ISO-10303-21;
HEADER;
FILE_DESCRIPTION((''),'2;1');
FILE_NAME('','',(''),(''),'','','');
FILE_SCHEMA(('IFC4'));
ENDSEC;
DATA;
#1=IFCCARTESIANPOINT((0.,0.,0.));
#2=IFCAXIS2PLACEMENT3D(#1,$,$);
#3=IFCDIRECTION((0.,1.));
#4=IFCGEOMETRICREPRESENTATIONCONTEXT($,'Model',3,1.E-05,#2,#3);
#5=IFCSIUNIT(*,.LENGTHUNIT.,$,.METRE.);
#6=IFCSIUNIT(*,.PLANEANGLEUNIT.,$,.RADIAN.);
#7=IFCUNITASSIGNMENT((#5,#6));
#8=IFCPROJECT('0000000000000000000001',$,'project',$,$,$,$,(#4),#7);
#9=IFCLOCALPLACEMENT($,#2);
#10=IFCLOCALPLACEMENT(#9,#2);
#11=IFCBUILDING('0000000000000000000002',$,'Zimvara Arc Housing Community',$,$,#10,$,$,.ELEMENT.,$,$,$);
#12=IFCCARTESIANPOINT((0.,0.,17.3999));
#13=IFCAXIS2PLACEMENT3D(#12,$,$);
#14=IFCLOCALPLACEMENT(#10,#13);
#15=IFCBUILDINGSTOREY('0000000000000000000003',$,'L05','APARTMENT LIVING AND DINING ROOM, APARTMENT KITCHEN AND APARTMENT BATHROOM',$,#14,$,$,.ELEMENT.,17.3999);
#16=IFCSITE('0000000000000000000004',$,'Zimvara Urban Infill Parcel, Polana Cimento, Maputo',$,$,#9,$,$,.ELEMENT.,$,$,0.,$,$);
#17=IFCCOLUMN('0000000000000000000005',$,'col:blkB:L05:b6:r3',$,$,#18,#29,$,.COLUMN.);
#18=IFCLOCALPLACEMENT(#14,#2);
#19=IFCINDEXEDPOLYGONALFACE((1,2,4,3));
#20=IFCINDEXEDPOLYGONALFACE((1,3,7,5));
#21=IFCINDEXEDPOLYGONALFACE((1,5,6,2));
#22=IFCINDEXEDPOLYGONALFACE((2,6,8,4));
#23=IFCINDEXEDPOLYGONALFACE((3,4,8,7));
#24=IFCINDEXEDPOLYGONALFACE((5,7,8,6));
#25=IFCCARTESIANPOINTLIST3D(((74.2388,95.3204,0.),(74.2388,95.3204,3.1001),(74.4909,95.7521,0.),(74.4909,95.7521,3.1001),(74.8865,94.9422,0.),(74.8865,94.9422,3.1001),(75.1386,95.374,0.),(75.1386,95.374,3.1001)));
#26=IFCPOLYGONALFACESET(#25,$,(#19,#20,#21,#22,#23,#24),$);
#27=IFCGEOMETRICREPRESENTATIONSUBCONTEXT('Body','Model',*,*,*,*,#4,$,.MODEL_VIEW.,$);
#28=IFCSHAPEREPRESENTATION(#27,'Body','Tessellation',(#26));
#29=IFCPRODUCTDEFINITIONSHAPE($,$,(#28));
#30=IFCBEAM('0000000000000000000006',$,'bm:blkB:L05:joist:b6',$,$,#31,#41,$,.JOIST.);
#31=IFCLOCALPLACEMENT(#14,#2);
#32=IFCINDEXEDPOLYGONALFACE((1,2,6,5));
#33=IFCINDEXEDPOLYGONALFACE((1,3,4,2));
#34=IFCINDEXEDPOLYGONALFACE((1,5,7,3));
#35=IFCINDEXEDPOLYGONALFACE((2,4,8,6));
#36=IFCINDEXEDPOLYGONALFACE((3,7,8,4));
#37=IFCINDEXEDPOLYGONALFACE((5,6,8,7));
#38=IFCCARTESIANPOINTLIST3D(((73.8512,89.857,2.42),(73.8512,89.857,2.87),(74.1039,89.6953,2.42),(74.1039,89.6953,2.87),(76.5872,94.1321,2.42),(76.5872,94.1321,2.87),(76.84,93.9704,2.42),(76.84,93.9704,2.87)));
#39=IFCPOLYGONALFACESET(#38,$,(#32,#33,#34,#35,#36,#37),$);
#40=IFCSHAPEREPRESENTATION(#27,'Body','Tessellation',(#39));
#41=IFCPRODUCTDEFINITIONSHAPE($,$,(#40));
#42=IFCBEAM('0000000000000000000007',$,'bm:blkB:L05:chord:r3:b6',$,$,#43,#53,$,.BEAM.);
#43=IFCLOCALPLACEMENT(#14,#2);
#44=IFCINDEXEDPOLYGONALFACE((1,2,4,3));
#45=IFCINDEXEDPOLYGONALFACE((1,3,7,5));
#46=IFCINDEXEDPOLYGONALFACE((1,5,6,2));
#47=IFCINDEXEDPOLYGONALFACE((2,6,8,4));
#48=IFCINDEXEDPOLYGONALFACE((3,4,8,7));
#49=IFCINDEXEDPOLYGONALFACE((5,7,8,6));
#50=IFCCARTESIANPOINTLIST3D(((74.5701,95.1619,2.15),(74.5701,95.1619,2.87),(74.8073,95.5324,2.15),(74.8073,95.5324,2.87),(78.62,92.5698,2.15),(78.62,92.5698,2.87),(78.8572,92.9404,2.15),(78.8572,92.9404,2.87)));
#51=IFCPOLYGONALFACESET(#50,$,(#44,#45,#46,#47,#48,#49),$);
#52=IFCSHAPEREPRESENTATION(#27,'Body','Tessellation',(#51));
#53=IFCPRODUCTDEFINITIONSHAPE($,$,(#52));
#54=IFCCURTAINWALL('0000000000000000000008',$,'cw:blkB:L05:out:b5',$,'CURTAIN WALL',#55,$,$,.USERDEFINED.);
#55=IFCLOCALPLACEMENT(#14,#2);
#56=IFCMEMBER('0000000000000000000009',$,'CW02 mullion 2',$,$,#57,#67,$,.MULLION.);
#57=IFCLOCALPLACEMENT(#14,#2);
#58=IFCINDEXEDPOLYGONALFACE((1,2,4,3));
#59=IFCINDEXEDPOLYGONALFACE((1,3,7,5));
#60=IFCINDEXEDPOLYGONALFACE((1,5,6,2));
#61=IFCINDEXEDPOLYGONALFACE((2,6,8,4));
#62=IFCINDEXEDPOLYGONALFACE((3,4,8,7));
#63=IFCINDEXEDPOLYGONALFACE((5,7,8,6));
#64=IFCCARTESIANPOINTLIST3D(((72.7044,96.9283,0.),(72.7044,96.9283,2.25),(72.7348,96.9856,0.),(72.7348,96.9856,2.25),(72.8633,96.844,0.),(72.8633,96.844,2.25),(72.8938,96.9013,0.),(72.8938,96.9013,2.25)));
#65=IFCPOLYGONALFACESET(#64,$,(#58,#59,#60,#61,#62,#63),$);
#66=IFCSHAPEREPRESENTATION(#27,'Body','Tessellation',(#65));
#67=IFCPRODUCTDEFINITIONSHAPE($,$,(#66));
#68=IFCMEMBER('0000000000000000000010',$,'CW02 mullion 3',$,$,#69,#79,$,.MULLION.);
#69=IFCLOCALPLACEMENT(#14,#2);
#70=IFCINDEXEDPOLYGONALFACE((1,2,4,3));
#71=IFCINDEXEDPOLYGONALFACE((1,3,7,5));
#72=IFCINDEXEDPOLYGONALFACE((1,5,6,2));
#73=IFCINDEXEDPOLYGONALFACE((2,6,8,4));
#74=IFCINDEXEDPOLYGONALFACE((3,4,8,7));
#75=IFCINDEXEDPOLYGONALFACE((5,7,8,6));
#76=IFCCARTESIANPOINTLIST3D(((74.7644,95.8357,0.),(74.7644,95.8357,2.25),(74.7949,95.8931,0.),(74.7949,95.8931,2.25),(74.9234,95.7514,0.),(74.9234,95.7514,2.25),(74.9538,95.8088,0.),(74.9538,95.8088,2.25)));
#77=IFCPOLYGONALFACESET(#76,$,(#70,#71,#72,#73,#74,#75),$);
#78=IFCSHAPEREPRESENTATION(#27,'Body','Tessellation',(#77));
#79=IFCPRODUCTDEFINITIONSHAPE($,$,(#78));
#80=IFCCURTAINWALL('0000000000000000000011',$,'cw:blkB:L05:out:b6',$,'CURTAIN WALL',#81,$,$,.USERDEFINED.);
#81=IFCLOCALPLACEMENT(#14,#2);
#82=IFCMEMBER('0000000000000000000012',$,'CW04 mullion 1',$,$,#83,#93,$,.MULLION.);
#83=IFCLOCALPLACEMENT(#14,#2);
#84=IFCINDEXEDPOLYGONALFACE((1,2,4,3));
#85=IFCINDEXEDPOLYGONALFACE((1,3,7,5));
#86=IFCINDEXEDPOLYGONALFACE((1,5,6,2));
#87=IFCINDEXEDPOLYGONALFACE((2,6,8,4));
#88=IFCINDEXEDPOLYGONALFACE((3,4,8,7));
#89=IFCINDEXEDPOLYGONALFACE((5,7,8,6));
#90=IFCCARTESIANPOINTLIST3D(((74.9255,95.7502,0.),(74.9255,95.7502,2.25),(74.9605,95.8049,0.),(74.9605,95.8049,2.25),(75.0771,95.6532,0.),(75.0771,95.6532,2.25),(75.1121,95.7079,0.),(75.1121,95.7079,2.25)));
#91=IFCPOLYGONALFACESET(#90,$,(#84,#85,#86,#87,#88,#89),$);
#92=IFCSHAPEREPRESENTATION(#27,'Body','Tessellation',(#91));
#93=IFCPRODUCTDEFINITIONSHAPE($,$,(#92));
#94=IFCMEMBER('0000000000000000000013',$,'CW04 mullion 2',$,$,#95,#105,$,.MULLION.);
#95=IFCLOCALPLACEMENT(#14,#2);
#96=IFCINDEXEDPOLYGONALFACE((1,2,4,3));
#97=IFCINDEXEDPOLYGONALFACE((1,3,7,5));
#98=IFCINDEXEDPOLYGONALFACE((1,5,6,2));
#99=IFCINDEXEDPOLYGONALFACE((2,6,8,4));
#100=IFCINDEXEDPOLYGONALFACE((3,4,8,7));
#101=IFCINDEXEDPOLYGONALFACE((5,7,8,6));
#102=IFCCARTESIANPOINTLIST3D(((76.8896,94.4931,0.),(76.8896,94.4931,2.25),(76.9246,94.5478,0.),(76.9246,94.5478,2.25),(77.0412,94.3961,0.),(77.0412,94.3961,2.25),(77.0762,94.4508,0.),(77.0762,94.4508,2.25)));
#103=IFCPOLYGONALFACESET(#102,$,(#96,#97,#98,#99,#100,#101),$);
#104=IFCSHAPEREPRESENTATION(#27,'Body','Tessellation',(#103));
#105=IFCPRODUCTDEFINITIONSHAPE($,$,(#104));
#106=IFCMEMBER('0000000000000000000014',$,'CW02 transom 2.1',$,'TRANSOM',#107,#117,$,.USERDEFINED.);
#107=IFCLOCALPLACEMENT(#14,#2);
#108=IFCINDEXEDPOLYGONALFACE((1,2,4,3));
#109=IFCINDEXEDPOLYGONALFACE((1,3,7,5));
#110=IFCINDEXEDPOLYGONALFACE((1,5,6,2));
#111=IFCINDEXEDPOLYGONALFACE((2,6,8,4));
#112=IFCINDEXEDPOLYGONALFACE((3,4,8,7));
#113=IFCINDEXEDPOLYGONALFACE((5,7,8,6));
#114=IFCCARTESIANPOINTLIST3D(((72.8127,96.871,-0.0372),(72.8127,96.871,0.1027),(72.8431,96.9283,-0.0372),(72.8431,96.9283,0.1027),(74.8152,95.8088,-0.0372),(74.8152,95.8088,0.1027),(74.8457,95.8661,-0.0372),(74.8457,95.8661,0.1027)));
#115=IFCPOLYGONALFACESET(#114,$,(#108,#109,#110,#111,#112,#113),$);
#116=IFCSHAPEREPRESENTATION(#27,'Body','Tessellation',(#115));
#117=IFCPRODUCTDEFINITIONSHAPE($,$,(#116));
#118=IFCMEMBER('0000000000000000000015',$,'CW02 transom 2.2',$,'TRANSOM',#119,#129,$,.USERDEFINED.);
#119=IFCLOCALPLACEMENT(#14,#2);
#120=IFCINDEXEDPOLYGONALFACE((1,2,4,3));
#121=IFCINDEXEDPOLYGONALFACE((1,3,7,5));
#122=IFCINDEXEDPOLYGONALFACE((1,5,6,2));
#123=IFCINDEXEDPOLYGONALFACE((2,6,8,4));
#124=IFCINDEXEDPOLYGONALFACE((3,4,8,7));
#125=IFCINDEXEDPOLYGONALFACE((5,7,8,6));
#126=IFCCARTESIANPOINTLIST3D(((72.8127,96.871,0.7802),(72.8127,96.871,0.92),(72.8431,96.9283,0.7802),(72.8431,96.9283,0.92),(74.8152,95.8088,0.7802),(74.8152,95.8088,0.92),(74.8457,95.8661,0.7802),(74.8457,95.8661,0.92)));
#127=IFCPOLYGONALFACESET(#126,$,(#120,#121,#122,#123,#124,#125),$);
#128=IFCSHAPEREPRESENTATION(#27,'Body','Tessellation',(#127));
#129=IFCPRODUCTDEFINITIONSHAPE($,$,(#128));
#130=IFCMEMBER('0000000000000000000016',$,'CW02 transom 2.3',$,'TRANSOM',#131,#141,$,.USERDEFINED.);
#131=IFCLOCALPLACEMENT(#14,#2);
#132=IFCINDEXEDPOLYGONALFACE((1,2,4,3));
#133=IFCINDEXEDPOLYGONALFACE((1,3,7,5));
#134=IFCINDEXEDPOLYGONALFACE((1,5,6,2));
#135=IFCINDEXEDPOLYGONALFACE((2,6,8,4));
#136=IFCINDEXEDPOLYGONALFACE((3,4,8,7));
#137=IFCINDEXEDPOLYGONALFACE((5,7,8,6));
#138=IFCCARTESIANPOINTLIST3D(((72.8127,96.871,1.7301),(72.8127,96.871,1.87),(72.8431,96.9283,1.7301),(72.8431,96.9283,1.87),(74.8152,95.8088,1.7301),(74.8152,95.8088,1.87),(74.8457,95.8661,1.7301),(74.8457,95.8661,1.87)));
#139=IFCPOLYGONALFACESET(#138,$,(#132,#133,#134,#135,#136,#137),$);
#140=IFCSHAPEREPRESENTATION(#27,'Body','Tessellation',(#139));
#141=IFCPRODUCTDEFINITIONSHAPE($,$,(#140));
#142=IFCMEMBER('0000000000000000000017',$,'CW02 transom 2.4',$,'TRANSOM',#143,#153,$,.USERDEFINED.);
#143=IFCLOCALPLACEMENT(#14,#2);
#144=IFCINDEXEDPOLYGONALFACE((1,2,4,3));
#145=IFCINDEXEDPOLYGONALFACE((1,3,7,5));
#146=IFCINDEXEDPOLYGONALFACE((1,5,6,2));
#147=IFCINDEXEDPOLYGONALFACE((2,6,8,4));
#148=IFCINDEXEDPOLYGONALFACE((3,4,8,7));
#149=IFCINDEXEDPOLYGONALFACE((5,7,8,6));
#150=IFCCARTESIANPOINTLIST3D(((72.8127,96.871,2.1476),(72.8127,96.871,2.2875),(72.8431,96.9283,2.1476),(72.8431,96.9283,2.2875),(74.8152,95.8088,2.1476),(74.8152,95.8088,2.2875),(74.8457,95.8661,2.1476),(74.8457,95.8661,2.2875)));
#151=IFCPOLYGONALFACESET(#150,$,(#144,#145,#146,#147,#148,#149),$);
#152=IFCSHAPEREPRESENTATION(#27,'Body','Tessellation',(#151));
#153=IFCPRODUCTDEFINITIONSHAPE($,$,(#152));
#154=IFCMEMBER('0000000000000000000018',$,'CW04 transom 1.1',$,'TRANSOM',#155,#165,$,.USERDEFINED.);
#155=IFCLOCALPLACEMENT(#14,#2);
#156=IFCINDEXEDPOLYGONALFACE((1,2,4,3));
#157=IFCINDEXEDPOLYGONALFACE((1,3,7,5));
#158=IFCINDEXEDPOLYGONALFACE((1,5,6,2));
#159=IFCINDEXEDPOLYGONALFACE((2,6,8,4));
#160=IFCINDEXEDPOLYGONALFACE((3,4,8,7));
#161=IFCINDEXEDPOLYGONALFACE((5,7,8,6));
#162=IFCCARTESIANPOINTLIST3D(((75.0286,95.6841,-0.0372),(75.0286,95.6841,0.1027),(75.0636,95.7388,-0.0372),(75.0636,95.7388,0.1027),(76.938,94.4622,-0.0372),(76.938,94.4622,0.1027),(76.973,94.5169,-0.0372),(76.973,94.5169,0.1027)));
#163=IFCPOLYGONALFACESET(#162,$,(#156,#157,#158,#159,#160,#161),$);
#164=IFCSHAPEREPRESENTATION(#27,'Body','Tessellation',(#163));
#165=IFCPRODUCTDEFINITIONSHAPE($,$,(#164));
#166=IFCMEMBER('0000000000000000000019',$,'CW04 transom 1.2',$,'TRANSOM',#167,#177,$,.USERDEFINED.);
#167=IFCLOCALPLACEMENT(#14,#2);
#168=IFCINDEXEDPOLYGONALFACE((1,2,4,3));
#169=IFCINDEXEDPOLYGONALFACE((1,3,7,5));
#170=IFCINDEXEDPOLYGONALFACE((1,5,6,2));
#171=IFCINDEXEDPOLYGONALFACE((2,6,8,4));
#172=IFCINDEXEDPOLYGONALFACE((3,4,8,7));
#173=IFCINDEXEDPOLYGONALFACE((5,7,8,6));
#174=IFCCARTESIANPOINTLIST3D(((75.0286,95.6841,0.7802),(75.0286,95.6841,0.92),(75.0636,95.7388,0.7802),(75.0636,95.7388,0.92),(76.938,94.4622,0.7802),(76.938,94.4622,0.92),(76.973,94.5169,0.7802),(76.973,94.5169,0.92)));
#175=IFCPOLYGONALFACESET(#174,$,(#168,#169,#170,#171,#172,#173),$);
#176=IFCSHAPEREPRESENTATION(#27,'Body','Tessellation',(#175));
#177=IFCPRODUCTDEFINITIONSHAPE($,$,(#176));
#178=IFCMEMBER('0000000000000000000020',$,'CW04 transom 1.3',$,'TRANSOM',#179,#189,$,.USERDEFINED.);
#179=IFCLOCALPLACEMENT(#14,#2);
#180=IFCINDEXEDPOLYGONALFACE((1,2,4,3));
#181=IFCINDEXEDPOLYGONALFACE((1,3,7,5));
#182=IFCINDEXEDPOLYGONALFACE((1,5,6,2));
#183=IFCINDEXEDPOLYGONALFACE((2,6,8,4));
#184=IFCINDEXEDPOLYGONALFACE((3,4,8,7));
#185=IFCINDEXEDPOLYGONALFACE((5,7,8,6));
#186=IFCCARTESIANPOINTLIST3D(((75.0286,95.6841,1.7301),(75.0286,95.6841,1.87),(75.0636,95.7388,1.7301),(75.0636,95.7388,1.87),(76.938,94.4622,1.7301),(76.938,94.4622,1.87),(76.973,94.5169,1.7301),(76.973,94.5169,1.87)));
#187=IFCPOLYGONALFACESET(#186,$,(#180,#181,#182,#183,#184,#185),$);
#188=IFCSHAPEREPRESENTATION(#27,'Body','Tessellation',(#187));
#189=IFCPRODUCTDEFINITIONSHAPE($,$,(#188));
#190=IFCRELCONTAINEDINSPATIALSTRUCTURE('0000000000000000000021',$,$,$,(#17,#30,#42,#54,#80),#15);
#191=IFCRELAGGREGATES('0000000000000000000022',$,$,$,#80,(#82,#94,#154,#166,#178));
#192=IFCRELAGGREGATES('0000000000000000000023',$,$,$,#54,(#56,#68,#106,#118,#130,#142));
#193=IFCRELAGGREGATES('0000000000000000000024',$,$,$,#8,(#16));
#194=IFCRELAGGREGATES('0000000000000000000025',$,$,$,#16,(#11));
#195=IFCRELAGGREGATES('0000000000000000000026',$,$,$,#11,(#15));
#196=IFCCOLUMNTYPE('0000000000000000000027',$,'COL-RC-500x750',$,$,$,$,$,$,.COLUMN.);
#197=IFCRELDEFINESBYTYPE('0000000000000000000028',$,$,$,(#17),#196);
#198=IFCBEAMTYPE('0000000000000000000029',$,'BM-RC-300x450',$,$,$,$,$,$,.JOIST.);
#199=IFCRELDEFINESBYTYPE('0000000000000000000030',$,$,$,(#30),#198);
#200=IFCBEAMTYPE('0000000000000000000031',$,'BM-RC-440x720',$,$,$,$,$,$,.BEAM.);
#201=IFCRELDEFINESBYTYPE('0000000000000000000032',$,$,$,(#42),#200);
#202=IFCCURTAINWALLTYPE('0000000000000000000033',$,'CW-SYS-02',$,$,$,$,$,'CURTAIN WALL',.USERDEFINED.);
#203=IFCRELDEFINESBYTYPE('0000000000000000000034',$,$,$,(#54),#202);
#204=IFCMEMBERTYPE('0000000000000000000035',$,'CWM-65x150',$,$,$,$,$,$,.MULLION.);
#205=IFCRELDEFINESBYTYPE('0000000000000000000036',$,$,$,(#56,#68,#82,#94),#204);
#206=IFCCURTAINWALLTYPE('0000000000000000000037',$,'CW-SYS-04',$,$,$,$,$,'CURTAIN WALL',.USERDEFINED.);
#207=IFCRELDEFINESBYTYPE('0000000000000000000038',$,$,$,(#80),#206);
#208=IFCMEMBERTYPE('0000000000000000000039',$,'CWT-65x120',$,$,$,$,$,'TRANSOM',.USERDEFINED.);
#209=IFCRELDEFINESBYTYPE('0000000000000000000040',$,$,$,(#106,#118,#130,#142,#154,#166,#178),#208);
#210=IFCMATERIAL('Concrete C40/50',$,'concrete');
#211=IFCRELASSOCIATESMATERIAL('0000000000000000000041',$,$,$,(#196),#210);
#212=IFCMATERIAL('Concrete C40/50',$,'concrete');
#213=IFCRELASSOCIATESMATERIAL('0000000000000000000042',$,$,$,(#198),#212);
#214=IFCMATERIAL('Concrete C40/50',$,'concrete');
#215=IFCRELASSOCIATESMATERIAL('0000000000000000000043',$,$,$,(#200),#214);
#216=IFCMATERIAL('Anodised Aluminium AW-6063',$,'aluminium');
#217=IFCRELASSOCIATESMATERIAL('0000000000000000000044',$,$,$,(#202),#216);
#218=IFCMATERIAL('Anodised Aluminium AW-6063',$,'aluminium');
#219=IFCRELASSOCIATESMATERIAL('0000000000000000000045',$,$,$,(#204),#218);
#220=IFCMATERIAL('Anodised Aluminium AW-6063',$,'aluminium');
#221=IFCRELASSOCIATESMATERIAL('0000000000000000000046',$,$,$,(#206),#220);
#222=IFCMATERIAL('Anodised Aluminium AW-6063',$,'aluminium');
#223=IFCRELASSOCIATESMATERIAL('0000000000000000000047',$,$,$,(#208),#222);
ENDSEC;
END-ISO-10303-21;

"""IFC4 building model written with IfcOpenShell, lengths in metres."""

from ifc_helpers import new_model, si_unit, direction, frame, origin, origin_2d, place, context, subcontext, project, spatial, rectangle, extrude, material, material_profile, profile_set, type_object, element, aggregate, save


model = new_model("IFC4")

# Units and contexts
model_context = context("Model", 3, precision=1e-05, world=origin(), true_north=direction((0.0, 1.0)))
body_context = subcontext(model_context, "Body", "Model", "MODEL_VIEW")
ifc_project = project(units=[si_unit("LENGTHUNIT", "METRE"), si_unit("PLANEANGLEUNIT", "RADIAN")], contexts=[model_context])

# Site, building, storey
site_placement = place(None, origin())
site = spatial("IfcSite", under=ifc_project, at=site_placement, Name="Zimvara Urban Infill Parcel, Polana Cimento, Maputo", CompositionType="ELEMENT", RefElevation=0.0)
building_placement = place(site_placement, origin())
building = spatial("IfcBuilding", under=site, at=building_placement, Name="Zimvara Arc Housing Community", CompositionType="ELEMENT")
storey_placement = place(building_placement, frame((0.0, 0.0, 17.3999)))
storey = spatial("IfcBuildingStorey", under=building, at=storey_placement, Name="L05", Description="APARTMENT LIVING AND DINING ROOM, APARTMENT KITCHEN AND APARTMENT BATHROOM", CompositionType="ELEMENT", Elevation=17.3999)

# Column
ifc_material_1 = material(Name="Concrete C40/50", Category="concrete")
ifc_material_profile_1 = material_profile(ifc_material_1, rectangle(XDim=0.5, YDim=0.75, at=origin_2d()), Name="RC 500x750")
ifc_profile_set_1 = profile_set([ifc_material_profile_1], Name="Concrete C40/50")
column_type = type_object("IfcColumnType", Name="COL-RC-500x750", PredefinedType="COLUMN", material=ifc_profile_set_1)
column_placement = place(storey_placement, frame((74.6887, 95.3472, 0.0), z_axis=(0.0, 0.0, 1.0), x_axis=(0.504226, 0.863572, 0.0)))
element("IfcColumn", 1, at=column_placement, inside=storey, type_object=column_type, Name="col:blkB:L05:b6:r3", PredefinedType="COLUMN", context=body_context, shape_type="SweptSolid", body=[
    extrude(rectangle(XDim=0.5, YDim=0.75, at=origin_2d()), origin(), (0.0, 0.0, 1.0), 3.1001),
])

# Beams
ifc_material_2 = material(Name="Concrete C40/50", Category="concrete")
ifc_material_profile_2 = material_profile(ifc_material_2, rectangle(XDim=0.3, YDim=0.45, at=origin_2d()), Name="RC 300x450")
ifc_profile_set_2 = profile_set([ifc_material_profile_2], Name="Concrete C40/50")
beam_type_1 = type_object("IfcBeamType", Name="BM-RC-300x450", PredefinedType="JOIST", material=ifc_profile_set_2)
beam_1_placement = place(storey_placement, frame((73.9775, 89.7761, 2.645), z_axis=(0.539052, 0.842272, 0.0), x_axis=(-0.842272, 0.539052, 0.0)))
element("IfcBeam", 2, at=beam_1_placement, inside=storey, type_object=beam_type_1, Name="bm:blkB:L05:joist:b6", PredefinedType="JOIST", context=body_context, shape_type="SweptSolid", body=[
    extrude(rectangle(XDim=0.3, YDim=0.45, at=origin_2d()), origin(), (0.0, 0.0, 1.0), 5.0757),
])
ifc_material_3 = material(Name="Concrete C40/50", Category="concrete")
ifc_material_profile_3 = material_profile(ifc_material_3, rectangle(XDim=0.4399, YDim=0.72, at=origin_2d()), Name="RC 440x720")
ifc_profile_set_3 = profile_set([ifc_material_profile_3], Name="Concrete C40/50")
beam_type_2 = type_object("IfcBeamType", Name="BM-RC-440x720", PredefinedType="BEAM", material=ifc_profile_set_3)
beam_2_placement = place(storey_placement, frame((74.6887, 95.3472, 2.51), z_axis=(0.842256, -0.539078, 0.0), x_axis=(0.539078, 0.842256, 0.0)))
element("IfcBeam", 3, at=beam_2_placement, inside=storey, type_object=beam_type_2, Name="bm:blkB:L05:chord:r3:b6", PredefinedType="BEAM", context=body_context, shape_type="SweptSolid", body=[
    extrude(rectangle(XDim=0.4399, YDim=0.72, at=origin_2d()), origin(), (0.0, 0.0, 1.0), 4.8083),
])

# Curtain walls, members
ifc_material_4 = material(Name="Anodised Aluminium AW-6063", Category="aluminium")
curtain_wall_type_1 = type_object("IfcCurtainWallType", Name="CW-SYS-02", ElementType="CURTAIN WALL", PredefinedType="USERDEFINED", material=ifc_material_4)
curtain_wall_1_placement = place(storey_placement, origin())
curtain_wall_1 = element("IfcCurtainWall", 4, at=curtain_wall_1_placement, inside=storey, type_object=curtain_wall_type_1, Name="cw:blkB:L05:out:b5", ObjectType="CURTAIN WALL", PredefinedType="USERDEFINED")
ifc_material_5 = material(Name="Anodised Aluminium AW-6063", Category="aluminium")
ifc_material_profile_4 = material_profile(ifc_material_5, rectangle(XDim=0.0649, YDim=0.1799, at=origin_2d()), Name="ALU 65x180")
ifc_profile_set_4 = profile_set([ifc_material_profile_4], Name="Anodised Aluminium AW-6063")
member_type_1 = type_object("IfcMemberType", Name="CWM-65x150", PredefinedType="MULLION", material=ifc_profile_set_4)
member_1_placement = place(storey_placement, frame((72.7991, 96.9148, 0.0), z_axis=(0.0, 0.0, 1.0), x_axis=(0.468547, 0.883439, 0.0)))
member_1 = element("IfcMember", 5, at=member_1_placement, type_object=member_type_1, Name="CW02 mullion 2", PredefinedType="MULLION", context=body_context, shape_type="SweptSolid", body=[
    extrude(rectangle(XDim=0.0649, YDim=0.1799, at=origin_2d()), origin(), (0.0, 0.0, 1.0), 2.25),
])
member_2_placement = place(storey_placement, frame((74.8591, 95.8223, 0.0), z_axis=(0.0, 0.0, 1.0), x_axis=(0.468547, 0.883439, 0.0)))
member_2 = element("IfcMember", 6, at=member_2_placement, type_object=member_type_1, Name="CW02 mullion 3", PredefinedType="MULLION", context=body_context, shape_type="SweptSolid", body=[
    extrude(rectangle(XDim=0.0649, YDim=0.1799, at=origin_2d()), origin(), (0.0, 0.0, 1.0), 2.25),
])
ifc_material_6 = material(Name="Anodised Aluminium AW-6063", Category="aluminium")
curtain_wall_type_2 = type_object("IfcCurtainWallType", Name="CW-SYS-04", ElementType="CURTAIN WALL", PredefinedType="USERDEFINED", material=ifc_material_6)
curtain_wall_2_placement = place(storey_placement, origin())
curtain_wall_2 = element("IfcCurtainWall", 7, at=curtain_wall_2_placement, inside=storey, type_object=curtain_wall_type_2, Name="cw:blkB:L05:out:b6", ObjectType="CURTAIN WALL", PredefinedType="USERDEFINED")
member_3_placement = place(storey_placement, frame((75.0188, 95.729, 0.0), z_axis=(0.0, 0.0, 1.0), x_axis=(0.539065, 0.842264, 0.0)))
member_3 = element("IfcMember", 8, at=member_3_placement, type_object=member_type_1, Name="CW04 mullion 1", PredefinedType="MULLION", context=body_context, shape_type="SweptSolid", body=[
    extrude(rectangle(XDim=0.0649, YDim=0.1799, at=origin_2d()), origin(), (0.0, 0.0, 1.0), 2.25),
])
member_4_placement = place(storey_placement, frame((76.9829, 94.4719, 0.0), z_axis=(0.0, 0.0, 1.0), x_axis=(0.539065, 0.842264, 0.0)))
member_4 = element("IfcMember", 9, at=member_4_placement, type_object=member_type_1, Name="CW04 mullion 2", PredefinedType="MULLION", context=body_context, shape_type="SweptSolid", body=[
    extrude(rectangle(XDim=0.0649, YDim=0.1799, at=origin_2d()), origin(), (0.0, 0.0, 1.0), 2.25),
])

# Members
ifc_material_7 = material(Name="Anodised Aluminium AW-6063", Category="aluminium")
ifc_material_profile_5 = material_profile(ifc_material_7, rectangle(XDim=0.0649, YDim=0.1399, at=origin_2d()), Name="ALU 65x140")
ifc_profile_set_5 = profile_set([ifc_material_profile_5], Name="Anodised Aluminium AW-6063")
member_type_2 = type_object("IfcMemberType", Name="CWT-65x120", ElementType="TRANSOM", PredefinedType="USERDEFINED", material=ifc_profile_set_5)
member_5_placement = place(storey_placement, frame((72.8279, 96.8997, 0.0327), z_axis=(0.883421, -0.46858, 0.0), x_axis=(0.46858, 0.883421, 0.0)))
member_5 = element("IfcMember", 10, at=member_5_placement, type_object=member_type_2, Name="CW02 transom 2.1", ObjectType="TRANSOM", PredefinedType="USERDEFINED", context=body_context, shape_type="SweptSolid", body=[
    extrude(rectangle(XDim=0.0649, YDim=0.1399, at=origin_2d()), origin(), (0.0, 0.0, 1.0), 2.2668),
])
member_6_placement = place(storey_placement, frame((72.8279, 96.8997, 0.8501), z_axis=(0.883421, -0.46858, 0.0), x_axis=(0.46858, 0.883421, 0.0)))
member_6 = element("IfcMember", 11, at=member_6_placement, type_object=member_type_2, Name="CW02 transom 2.2", ObjectType="TRANSOM", PredefinedType="USERDEFINED", context=body_context, shape_type="SweptSolid", body=[
    extrude(rectangle(XDim=0.0649, YDim=0.1399, at=origin_2d()), origin(), (0.0, 0.0, 1.0), 2.2668),
])
member_7_placement = place(storey_placement, frame((72.8279, 96.8997, 1.8), z_axis=(0.883421, -0.46858, 0.0), x_axis=(0.46858, 0.883421, 0.0)))
member_7 = element("IfcMember", 12, at=member_7_placement, type_object=member_type_2, Name="CW02 transom 2.3", ObjectType="TRANSOM", PredefinedType="USERDEFINED", context=body_context, shape_type="SweptSolid", body=[
    extrude(rectangle(XDim=0.0649, YDim=0.1399, at=origin_2d()), origin(), (0.0, 0.0, 1.0), 2.2668),
])
member_8_placement = place(storey_placement, frame((72.8279, 96.8997, 2.2175), z_axis=(0.883421, -0.46858, 0.0), x_axis=(0.46858, 0.883421, 0.0)))
member_8 = element("IfcMember", 13, at=member_8_placement, type_object=member_type_2, Name="CW02 transom 2.4", ObjectType="TRANSOM", PredefinedType="USERDEFINED", context=body_context, shape_type="SweptSolid", body=[
    extrude(rectangle(XDim=0.0649, YDim=0.1399, at=origin_2d()), origin(), (0.0, 0.0, 1.0), 2.2668),
])
member_9_placement = place(storey_placement, frame((75.0461, 95.7114, 0.0327), z_axis=(0.842293, -0.53902, 0.0), x_axis=(0.53902, 0.842293, 0.0)))
member_9 = element("IfcMember", 14, at=member_9_placement, type_object=member_type_2, Name="CW04 transom 1.1", ObjectType="TRANSOM", PredefinedType="USERDEFINED", context=body_context, shape_type="SweptSolid", body=[
    extrude(rectangle(XDim=0.0649, YDim=0.1399, at=origin_2d()), origin(), (0.0, 0.0, 1.0), 2.2668),
])
member_10_placement = place(storey_placement, frame((75.0461, 95.7114, 0.8501), z_axis=(0.842293, -0.53902, 0.0), x_axis=(0.53902, 0.842293, 0.0)))
member_10 = element("IfcMember", 15, at=member_10_placement, type_object=member_type_2, Name="CW04 transom 1.2", ObjectType="TRANSOM", PredefinedType="USERDEFINED", context=body_context, shape_type="SweptSolid", body=[
    extrude(rectangle(XDim=0.0649, YDim=0.1399, at=origin_2d()), origin(), (0.0, 0.0, 1.0), 2.2668),
])
member_11_placement = place(storey_placement, frame((75.0461, 95.7114, 1.8), z_axis=(0.842293, -0.53902, 0.0), x_axis=(0.53902, 0.842293, 0.0)))
member_11 = element("IfcMember", 16, at=member_11_placement, type_object=member_type_2, Name="CW04 transom 1.3", ObjectType="TRANSOM", PredefinedType="USERDEFINED", context=body_context, shape_type="SweptSolid", body=[
    extrude(rectangle(XDim=0.0649, YDim=0.1399, at=origin_2d()), origin(), (0.0, 0.0, 1.0), 2.2668),
])

aggregate(curtain_wall_2, [member_3, member_4, member_9, member_10, member_11])
aggregate(curtain_wall_1, [member_1, member_2, member_5, member_6, member_7, member_8])

save(model, "model.ifc")
